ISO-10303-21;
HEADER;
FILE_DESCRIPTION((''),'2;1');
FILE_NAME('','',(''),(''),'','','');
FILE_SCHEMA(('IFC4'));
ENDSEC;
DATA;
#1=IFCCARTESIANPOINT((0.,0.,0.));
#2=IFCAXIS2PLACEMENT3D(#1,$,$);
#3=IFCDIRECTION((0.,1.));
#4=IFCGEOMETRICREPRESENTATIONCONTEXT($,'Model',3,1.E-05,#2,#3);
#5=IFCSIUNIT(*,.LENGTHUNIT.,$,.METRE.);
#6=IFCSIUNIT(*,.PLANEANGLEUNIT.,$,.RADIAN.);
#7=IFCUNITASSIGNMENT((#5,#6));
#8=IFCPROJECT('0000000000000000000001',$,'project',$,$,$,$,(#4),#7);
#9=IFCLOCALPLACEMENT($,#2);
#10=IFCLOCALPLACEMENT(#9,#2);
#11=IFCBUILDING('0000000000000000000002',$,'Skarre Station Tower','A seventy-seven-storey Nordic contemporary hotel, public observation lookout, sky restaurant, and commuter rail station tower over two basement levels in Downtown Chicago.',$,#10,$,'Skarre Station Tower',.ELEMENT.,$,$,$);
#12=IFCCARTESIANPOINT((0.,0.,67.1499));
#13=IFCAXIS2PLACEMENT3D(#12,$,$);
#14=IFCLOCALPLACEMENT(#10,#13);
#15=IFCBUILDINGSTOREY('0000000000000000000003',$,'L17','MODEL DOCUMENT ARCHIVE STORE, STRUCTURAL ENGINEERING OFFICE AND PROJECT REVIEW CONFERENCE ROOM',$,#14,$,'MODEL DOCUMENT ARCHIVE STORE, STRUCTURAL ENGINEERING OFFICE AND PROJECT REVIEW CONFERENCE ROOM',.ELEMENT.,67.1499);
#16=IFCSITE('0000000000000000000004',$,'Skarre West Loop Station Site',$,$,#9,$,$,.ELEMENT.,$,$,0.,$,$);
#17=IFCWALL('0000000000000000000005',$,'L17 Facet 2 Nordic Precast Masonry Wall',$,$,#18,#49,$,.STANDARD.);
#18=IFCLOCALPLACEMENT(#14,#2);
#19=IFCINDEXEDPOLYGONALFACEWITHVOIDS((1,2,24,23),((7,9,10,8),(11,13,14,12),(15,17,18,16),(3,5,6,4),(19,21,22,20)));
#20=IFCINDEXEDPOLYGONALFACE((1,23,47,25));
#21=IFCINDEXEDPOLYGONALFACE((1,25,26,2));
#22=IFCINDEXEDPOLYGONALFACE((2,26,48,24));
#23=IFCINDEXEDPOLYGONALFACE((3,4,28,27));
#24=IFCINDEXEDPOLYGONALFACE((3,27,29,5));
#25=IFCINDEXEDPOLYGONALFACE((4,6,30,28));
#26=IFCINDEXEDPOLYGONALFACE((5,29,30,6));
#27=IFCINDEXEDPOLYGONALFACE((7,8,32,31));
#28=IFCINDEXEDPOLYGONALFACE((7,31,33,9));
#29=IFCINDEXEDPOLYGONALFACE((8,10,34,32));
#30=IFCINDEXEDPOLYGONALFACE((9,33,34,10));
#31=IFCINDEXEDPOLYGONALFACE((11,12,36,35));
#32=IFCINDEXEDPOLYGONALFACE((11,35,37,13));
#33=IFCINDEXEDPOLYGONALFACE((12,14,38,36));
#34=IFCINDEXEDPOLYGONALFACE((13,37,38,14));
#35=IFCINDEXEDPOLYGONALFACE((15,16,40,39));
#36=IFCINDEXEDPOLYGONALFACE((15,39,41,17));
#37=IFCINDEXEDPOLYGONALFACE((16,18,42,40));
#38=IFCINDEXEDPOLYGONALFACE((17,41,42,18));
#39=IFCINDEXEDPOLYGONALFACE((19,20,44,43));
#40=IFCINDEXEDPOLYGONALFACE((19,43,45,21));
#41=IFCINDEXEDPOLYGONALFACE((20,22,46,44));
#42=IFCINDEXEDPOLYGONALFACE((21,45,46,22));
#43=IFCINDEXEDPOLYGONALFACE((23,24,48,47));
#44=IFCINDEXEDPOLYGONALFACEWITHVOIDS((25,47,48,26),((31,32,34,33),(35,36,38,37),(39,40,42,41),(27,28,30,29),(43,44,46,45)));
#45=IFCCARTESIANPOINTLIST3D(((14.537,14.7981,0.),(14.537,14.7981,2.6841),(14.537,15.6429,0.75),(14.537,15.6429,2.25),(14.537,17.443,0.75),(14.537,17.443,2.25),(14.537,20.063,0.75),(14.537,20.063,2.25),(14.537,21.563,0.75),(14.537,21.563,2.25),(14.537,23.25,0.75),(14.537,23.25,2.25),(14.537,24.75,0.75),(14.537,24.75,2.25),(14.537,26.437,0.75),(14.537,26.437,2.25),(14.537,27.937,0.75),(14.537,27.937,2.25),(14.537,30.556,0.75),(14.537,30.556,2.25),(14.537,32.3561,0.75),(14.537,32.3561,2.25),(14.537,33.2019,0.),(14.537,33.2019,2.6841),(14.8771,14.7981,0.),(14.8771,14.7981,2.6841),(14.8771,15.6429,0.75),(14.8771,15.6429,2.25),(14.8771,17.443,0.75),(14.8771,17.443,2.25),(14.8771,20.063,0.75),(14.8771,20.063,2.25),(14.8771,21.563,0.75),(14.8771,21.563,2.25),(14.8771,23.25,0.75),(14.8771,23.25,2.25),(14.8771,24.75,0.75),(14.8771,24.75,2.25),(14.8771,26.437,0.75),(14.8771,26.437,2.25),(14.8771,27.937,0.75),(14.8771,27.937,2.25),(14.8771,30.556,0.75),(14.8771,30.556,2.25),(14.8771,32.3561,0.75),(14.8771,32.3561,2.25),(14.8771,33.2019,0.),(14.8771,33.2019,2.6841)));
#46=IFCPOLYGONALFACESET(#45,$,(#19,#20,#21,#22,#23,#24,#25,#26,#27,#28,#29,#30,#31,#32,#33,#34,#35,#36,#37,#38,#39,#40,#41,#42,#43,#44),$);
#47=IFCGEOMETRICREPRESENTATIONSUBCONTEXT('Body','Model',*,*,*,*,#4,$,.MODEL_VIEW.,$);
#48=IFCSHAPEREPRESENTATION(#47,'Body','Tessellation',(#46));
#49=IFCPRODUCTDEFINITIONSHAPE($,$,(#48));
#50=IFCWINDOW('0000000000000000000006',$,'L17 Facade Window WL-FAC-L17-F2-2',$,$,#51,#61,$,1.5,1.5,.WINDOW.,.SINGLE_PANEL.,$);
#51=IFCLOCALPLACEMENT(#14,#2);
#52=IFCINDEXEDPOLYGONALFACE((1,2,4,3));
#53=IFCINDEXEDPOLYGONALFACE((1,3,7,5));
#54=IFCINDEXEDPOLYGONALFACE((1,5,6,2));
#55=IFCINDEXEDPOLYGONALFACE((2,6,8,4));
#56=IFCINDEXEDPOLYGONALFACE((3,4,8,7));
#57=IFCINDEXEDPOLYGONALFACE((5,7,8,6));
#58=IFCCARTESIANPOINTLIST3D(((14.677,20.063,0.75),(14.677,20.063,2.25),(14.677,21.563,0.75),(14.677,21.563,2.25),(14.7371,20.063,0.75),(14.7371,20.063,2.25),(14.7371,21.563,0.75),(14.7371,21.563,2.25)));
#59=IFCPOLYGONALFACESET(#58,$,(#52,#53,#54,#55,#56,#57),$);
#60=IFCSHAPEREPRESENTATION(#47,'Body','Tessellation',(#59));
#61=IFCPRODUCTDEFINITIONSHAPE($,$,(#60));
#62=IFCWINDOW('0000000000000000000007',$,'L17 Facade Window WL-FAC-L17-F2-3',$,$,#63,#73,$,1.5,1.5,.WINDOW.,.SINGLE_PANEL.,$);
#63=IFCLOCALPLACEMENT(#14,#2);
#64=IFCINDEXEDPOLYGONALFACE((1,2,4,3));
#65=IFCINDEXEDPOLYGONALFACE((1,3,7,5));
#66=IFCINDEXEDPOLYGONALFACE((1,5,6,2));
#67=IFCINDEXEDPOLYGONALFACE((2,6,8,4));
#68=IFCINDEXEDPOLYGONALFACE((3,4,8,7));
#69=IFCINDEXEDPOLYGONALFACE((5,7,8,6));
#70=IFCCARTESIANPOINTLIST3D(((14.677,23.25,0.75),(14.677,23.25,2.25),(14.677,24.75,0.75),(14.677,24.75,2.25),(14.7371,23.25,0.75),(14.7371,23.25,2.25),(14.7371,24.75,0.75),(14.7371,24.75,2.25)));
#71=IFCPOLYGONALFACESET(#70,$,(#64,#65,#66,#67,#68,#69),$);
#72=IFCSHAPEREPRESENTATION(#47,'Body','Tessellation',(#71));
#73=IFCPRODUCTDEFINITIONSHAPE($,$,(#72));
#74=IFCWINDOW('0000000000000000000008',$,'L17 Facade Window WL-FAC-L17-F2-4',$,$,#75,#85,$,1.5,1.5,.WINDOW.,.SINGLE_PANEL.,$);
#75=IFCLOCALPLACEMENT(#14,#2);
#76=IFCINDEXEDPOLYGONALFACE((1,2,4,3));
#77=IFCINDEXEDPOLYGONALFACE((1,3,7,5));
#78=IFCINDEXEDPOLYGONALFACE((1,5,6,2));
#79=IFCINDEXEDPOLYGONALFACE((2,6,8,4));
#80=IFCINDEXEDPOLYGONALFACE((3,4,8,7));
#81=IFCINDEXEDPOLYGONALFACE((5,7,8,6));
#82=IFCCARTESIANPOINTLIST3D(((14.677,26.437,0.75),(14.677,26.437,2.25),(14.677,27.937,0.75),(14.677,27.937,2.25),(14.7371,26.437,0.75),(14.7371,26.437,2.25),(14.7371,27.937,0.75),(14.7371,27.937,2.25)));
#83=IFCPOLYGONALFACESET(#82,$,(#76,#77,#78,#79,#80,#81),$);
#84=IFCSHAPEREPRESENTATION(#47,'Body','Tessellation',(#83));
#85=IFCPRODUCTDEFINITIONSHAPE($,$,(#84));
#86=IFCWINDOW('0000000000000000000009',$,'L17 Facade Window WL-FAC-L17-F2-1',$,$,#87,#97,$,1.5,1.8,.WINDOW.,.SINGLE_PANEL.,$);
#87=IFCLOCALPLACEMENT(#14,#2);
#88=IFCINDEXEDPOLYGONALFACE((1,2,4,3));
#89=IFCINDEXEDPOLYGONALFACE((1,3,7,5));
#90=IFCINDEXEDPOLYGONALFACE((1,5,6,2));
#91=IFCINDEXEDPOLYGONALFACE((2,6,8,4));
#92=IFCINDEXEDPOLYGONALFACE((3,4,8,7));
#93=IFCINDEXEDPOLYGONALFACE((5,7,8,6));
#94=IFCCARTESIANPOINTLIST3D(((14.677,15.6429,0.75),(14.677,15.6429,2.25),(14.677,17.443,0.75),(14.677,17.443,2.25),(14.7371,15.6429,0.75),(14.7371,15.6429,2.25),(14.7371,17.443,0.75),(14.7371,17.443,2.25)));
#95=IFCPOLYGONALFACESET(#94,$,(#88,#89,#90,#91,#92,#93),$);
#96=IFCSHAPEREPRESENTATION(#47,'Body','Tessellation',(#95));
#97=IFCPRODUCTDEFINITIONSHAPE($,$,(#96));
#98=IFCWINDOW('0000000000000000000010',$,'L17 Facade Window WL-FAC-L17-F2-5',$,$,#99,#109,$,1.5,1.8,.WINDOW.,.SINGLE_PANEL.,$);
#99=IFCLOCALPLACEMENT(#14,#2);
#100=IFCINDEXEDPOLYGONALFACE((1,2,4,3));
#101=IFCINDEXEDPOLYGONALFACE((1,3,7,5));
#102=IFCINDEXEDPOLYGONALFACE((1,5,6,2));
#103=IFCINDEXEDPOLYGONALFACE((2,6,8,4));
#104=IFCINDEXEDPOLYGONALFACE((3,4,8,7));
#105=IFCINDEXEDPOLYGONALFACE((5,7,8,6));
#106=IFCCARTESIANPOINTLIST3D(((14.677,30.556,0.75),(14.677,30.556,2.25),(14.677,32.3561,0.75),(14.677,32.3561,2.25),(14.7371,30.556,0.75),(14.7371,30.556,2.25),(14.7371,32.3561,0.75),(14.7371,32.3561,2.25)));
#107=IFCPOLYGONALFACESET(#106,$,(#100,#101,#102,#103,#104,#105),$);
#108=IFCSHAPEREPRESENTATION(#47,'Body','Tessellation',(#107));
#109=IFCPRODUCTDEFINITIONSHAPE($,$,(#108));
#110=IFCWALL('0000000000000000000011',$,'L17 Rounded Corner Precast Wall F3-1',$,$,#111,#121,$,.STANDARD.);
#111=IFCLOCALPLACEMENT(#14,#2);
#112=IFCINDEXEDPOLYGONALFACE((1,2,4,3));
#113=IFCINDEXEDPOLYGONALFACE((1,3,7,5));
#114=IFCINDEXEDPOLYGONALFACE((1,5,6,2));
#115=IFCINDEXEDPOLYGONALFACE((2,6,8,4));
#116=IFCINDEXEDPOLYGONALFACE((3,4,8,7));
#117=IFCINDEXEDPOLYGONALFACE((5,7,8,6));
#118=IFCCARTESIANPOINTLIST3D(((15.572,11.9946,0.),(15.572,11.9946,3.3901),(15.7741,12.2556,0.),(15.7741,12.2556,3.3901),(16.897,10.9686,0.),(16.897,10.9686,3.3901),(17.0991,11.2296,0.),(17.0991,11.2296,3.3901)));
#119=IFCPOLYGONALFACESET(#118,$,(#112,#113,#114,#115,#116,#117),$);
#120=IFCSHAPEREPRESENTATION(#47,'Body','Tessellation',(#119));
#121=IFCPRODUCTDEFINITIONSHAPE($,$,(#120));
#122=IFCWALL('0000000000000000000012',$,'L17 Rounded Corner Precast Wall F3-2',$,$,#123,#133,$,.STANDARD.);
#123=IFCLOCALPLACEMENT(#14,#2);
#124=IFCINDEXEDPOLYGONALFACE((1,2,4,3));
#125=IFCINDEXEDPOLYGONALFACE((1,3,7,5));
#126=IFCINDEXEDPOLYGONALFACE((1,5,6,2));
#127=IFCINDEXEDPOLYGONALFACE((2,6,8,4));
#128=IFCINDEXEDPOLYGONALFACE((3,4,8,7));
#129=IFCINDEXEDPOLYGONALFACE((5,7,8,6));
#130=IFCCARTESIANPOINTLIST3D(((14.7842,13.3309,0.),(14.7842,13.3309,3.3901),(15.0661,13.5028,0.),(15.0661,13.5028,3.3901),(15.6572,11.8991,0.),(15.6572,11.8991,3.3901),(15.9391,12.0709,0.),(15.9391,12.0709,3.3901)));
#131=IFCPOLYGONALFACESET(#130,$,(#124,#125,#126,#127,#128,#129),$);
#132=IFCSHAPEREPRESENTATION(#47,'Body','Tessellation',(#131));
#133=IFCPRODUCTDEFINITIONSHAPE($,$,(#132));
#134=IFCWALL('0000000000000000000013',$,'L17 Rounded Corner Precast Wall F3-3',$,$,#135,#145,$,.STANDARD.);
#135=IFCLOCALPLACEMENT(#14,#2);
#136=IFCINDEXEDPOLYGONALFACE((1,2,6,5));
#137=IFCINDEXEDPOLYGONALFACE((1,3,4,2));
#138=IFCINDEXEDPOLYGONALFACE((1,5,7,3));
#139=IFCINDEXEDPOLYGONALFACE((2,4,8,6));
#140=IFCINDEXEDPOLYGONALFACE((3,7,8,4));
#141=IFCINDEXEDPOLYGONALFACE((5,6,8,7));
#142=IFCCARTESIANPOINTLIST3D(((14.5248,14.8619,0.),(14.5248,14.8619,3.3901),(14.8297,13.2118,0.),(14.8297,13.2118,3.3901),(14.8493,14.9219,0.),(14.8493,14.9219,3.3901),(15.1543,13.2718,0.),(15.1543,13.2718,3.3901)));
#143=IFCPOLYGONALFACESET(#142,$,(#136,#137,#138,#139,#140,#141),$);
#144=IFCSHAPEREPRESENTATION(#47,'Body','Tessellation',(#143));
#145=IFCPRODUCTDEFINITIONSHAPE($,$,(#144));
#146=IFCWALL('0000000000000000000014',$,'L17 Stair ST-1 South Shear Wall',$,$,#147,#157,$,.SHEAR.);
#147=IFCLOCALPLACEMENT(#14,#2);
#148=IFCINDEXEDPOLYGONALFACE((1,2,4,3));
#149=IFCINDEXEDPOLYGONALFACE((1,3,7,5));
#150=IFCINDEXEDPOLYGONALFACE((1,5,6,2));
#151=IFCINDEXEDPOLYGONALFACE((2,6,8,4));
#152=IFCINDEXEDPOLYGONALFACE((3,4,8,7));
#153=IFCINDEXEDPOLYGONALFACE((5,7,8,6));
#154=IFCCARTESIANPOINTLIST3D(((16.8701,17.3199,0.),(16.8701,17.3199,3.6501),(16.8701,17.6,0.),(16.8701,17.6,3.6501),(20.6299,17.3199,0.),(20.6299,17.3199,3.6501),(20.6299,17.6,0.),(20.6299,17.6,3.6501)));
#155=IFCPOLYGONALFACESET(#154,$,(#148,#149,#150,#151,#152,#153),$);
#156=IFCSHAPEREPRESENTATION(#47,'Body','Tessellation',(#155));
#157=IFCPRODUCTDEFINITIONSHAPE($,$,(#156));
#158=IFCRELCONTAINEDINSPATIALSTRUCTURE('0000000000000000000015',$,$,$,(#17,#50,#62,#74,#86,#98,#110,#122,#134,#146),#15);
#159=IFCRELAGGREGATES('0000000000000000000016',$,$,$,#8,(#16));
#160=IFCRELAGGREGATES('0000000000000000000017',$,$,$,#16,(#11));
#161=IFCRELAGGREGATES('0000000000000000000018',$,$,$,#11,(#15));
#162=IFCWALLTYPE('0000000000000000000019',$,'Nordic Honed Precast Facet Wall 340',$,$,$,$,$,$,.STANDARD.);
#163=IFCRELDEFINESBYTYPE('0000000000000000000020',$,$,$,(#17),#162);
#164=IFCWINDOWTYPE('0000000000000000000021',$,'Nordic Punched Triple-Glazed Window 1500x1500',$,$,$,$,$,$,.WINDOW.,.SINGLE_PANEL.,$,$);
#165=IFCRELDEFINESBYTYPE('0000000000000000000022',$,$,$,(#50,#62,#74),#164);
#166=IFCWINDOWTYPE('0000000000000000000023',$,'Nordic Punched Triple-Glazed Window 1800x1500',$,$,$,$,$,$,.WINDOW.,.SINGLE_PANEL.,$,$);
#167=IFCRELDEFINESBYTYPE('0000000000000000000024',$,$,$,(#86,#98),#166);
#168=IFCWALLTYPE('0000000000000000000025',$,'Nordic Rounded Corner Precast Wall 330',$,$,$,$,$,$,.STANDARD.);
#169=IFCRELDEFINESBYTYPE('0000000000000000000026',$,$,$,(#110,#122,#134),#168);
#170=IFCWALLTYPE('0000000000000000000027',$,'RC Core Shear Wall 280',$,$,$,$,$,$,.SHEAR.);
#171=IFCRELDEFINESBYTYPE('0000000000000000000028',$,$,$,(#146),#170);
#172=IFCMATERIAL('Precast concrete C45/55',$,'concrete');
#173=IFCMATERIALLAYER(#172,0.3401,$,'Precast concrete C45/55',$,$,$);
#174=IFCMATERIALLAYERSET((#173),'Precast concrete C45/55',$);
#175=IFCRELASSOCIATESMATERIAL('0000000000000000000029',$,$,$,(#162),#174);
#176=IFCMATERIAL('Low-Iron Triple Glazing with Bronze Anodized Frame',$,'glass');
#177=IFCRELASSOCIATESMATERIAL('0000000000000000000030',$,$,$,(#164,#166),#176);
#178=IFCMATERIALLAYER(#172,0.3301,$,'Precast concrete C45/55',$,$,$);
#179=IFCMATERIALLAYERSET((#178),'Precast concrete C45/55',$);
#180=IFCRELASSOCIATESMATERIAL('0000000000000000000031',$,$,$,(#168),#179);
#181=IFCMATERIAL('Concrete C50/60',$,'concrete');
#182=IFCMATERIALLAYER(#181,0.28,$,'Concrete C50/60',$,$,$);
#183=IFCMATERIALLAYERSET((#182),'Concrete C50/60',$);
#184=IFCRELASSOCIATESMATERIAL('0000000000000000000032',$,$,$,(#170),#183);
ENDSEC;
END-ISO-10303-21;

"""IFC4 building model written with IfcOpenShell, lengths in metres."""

from ifc_helpers import new_model, si_unit, direction, frame, frame_2d, origin, place, context, subcontext, project, spatial, rectangle, extrude, material, layer, layer_set, type_object, element, fill, save


model = new_model("IFC4")

# Units and contexts
model_context = context("Model", 3, precision=1e-05, world=origin(), true_north=direction((0.0, 1.0)))
body_context = subcontext(model_context, "Body", "Model", "MODEL_VIEW")
ifc_project = project(units=[si_unit("LENGTHUNIT", "METRE"), si_unit("PLANEANGLEUNIT", "RADIAN")], contexts=[model_context])

# Site, building, storey
site_placement = place(None, origin())
site = spatial("IfcSite", under=ifc_project, at=site_placement, Name="Skarre West Loop Station Site", CompositionType="ELEMENT", RefElevation=0.0)
building_placement = place(site_placement, origin())
building = spatial("IfcBuilding", under=site, at=building_placement, Name="Skarre Station Tower", Description="A seventy-seven-storey Nordic contemporary hotel, public observation lookout, sky restaurant, and commuter rail station tower over two basement levels in Downtown Chicago.", LongName="Skarre Station Tower", CompositionType="ELEMENT")
storey_placement = place(building_placement, frame((0.0, 0.0, 67.1499)))
storey = spatial("IfcBuildingStorey", under=building, at=storey_placement, Name="L17", Description="MODEL DOCUMENT ARCHIVE STORE, STRUCTURAL ENGINEERING OFFICE AND PROJECT REVIEW CONFERENCE ROOM", LongName="MODEL DOCUMENT ARCHIVE STORE, STRUCTURAL ENGINEERING OFFICE AND PROJECT REVIEW CONFERENCE ROOM", CompositionType="ELEMENT", Elevation=67.1499)

# Shared definitions
ifc_material_1 = material(Name="Concrete C50/60", Category="concrete")

# Wall, openings, windows
ifc_material_2 = material(Name="Precast concrete C45/55", Category="concrete")
ifc_layer_1 = layer(ifc_material_2, 0.3401, Name="Precast concrete C45/55")
ifc_layer_set_1 = layer_set([ifc_layer_1], Name="Precast concrete C45/55")
wall_type_1 = type_object("IfcWallType", Name="Nordic Honed Precast Facet Wall 340", PredefinedType="STANDARD", material=ifc_layer_set_1)
wall_1_placement = place(storey_placement, frame((14.707, 14.7981, 0.0), z_axis=(0.0, 0.0, 1.0), x_axis=(0.0, 1.0, 0.0)))
wall_1 = element("IfcWall", 1, at=wall_1_placement, inside=storey, type_object=wall_type_1, Name="L17 Facet 2 Nordic Precast Masonry Wall", PredefinedType="STANDARD", context=body_context, shape_type="SweptSolid", body=[
    extrude(rectangle(XDim=18.4038, YDim=0.3401, at=frame_2d((9.2019, 0.0))), origin(), (0.0, 0.0, 1.0), 2.6841),
])
opening_1_placement = place(wall_1_placement, frame((0.845, 0.0, 0.75)))
opening_1 = element("IfcOpeningElement", 2, at=opening_1_placement, cuts=wall_1, PredefinedType="OPENING", context=body_context, shape_type="SweptSolid", body=[
    extrude(rectangle(XDim=1.8, YDim=1.5, at=frame_2d((0.8999, 0.75))), frame((0.0, 0.1799, 0.0), z_axis=(0.0, -1.0, 0.0), x_axis=(1.0, 0.0, 0.0)), (0.0, 0.0, 1.0), 0.3601),
])
opening_2_placement = place(wall_1_placement, frame((5.2649, 0.0, 0.75)))
opening_2 = element("IfcOpeningElement", 3, at=opening_2_placement, cuts=wall_1, PredefinedType="OPENING", context=body_context, shape_type="SweptSolid", body=[
    extrude(rectangle(XDim=1.5, YDim=1.5, at=frame_2d((0.75, 0.75))), frame((0.0, 0.1799, 0.0), z_axis=(0.0, -1.0, 0.0), x_axis=(1.0, 0.0, 0.0)), (0.0, 0.0, 1.0), 0.3601),
])
opening_3_placement = place(wall_1_placement, frame((8.4519, 0.0, 0.75)))
opening_3 = element("IfcOpeningElement", 4, at=opening_3_placement, cuts=wall_1, PredefinedType="OPENING", context=body_context, shape_type="SweptSolid", body=[
    extrude(rectangle(XDim=1.5, YDim=1.5, at=frame_2d((0.75, 0.75))), frame((0.0, 0.1799, 0.0), z_axis=(0.0, -1.0, 0.0), x_axis=(1.0, 0.0, 0.0)), (0.0, 0.0, 1.0), 0.3601),
])
opening_4_placement = place(wall_1_placement, frame((11.6389, 0.0, 0.75)))
opening_4 = element("IfcOpeningElement", 5, at=opening_4_placement, cuts=wall_1, PredefinedType="OPENING", context=body_context, shape_type="SweptSolid", body=[
    extrude(rectangle(XDim=1.5, YDim=1.5, at=frame_2d((0.75, 0.75))), frame((0.0, 0.1799, 0.0), z_axis=(0.0, -1.0, 0.0), x_axis=(1.0, 0.0, 0.0)), (0.0, 0.0, 1.0), 0.3601),
])
opening_5_placement = place(wall_1_placement, frame((15.7581, 0.0, 0.75)))
opening_5 = element("IfcOpeningElement", 6, at=opening_5_placement, cuts=wall_1, PredefinedType="OPENING", context=body_context, shape_type="SweptSolid", body=[
    extrude(rectangle(XDim=1.8, YDim=1.5, at=frame_2d((0.8999, 0.75))), frame((0.0, 0.1799, 0.0), z_axis=(0.0, -1.0, 0.0), x_axis=(1.0, 0.0, 0.0)), (0.0, 0.0, 1.0), 0.3601),
])
ifc_material_3 = material(Name="Low-Iron Triple Glazing with Bronze Anodized Frame", Category="glass")
window_type_1 = type_object("IfcWindowType", Name="Nordic Punched Triple-Glazed Window 1500x1500", PartitioningType="SINGLE_PANEL", PredefinedType="WINDOW", material=ifc_material_3)
window_1_placement = place(opening_2_placement, origin())
window_1 = element("IfcWindow", 7, at=window_1_placement, inside=storey, type_object=window_type_1, Name="L17 Facade Window WL-FAC-L17-F2-2", OverallHeight=1.5, OverallWidth=1.5, PartitioningType="SINGLE_PANEL", PredefinedType="WINDOW", context=body_context, shape_type="SweptSolid", body=[
    extrude(rectangle(XDim=1.5, YDim=1.5, at=frame_2d((0.75, 0.75))), frame((0.0, 0.03, 0.0), z_axis=(0.0, -1.0, 0.0), x_axis=(1.0, 0.0, 0.0)), (0.0, 0.0, 1.0), 0.0601),
])
fill(opening_2, window_1)
window_2_placement = place(opening_3_placement, origin())
window_2 = element("IfcWindow", 8, at=window_2_placement, inside=storey, type_object=window_type_1, Name="L17 Facade Window WL-FAC-L17-F2-3", OverallHeight=1.5, OverallWidth=1.5, PartitioningType="SINGLE_PANEL", PredefinedType="WINDOW", context=body_context, shape_type="SweptSolid", body=[
    extrude(rectangle(XDim=1.5, YDim=1.5, at=frame_2d((0.75, 0.75))), frame((0.0, 0.03, 0.0), z_axis=(0.0, -1.0, 0.0), x_axis=(1.0, 0.0, 0.0)), (0.0, 0.0, 1.0), 0.0601),
])
fill(opening_3, window_2)
window_3_placement = place(opening_4_placement, origin())
window_3 = element("IfcWindow", 9, at=window_3_placement, inside=storey, type_object=window_type_1, Name="L17 Facade Window WL-FAC-L17-F2-4", OverallHeight=1.5, OverallWidth=1.5, PartitioningType="SINGLE_PANEL", PredefinedType="WINDOW", context=body_context, shape_type="SweptSolid", body=[
    extrude(rectangle(XDim=1.5, YDim=1.5, at=frame_2d((0.75, 0.75))), frame((0.0, 0.03, 0.0), z_axis=(0.0, -1.0, 0.0), x_axis=(1.0, 0.0, 0.0)), (0.0, 0.0, 1.0), 0.0601),
])
fill(opening_4, window_3)
window_type_2 = type_object("IfcWindowType", Name="Nordic Punched Triple-Glazed Window 1800x1500", PartitioningType="SINGLE_PANEL", PredefinedType="WINDOW", material=ifc_material_3)
window_4_placement = place(opening_1_placement, origin())
window_4 = element("IfcWindow", 10, at=window_4_placement, inside=storey, type_object=window_type_2, Name="L17 Facade Window WL-FAC-L17-F2-1", OverallHeight=1.5, OverallWidth=1.8, PartitioningType="SINGLE_PANEL", PredefinedType="WINDOW", context=body_context, shape_type="SweptSolid", body=[
    extrude(rectangle(XDim=1.8, YDim=1.5, at=frame_2d((0.8999, 0.75))), frame((0.0, 0.03, 0.0), z_axis=(0.0, -1.0, 0.0), x_axis=(1.0, 0.0, 0.0)), (0.0, 0.0, 1.0), 0.0601),
])
fill(opening_1, window_4)
window_5_placement = place(opening_5_placement, origin())
window_5 = element("IfcWindow", 11, at=window_5_placement, inside=storey, type_object=window_type_2, Name="L17 Facade Window WL-FAC-L17-F2-5", OverallHeight=1.5, OverallWidth=1.8, PartitioningType="SINGLE_PANEL", PredefinedType="WINDOW", context=body_context, shape_type="SweptSolid", body=[
    extrude(rectangle(XDim=1.8, YDim=1.5, at=frame_2d((0.8999, 0.75))), frame((0.0, 0.03, 0.0), z_axis=(0.0, -1.0, 0.0), x_axis=(1.0, 0.0, 0.0)), (0.0, 0.0, 1.0), 0.0601),
])
fill(opening_5, window_5)

# Walls
ifc_layer_2 = layer(ifc_material_2, 0.3301, Name="Precast concrete C45/55")
ifc_layer_set_2 = layer_set([ifc_layer_2], Name="Precast concrete C45/55")
wall_type_2 = type_object("IfcWallType", Name="Nordic Rounded Corner Precast Wall 330", PredefinedType="STANDARD", material=ifc_layer_set_2)
wall_2_placement = place(storey_placement, frame((16.998, 11.0991, 0.0), z_axis=(0.0, 0.0, 1.0), x_axis=(-0.790692, 0.612214, 0.0)))
element("IfcWall", 12, at=wall_2_placement, inside=storey, type_object=wall_type_2, Name="L17 Rounded Corner Precast Wall F3-1", PredefinedType="STANDARD", context=body_context, shape_type="SweptSolid", body=[
    extrude(rectangle(XDim=1.6758, YDim=0.3301, at=frame_2d((0.8379, 0.0))), origin(), (0.0, 0.0, 1.0), 3.3901),
])
wall_3_placement = place(storey_placement, frame((15.7981, 11.9851, 0.0), z_axis=(0.0, 0.0, 1.0), x_axis=(-0.520584, 0.85381, 0.0)))
element("IfcWall", 13, at=wall_3_placement, inside=storey, type_object=wall_type_2, Name="L17 Rounded Corner Precast Wall F3-2", PredefinedType="STANDARD", context=body_context, shape_type="SweptSolid", body=[
    extrude(rectangle(XDim=1.677, YDim=0.3301, at=frame_2d((0.8384, 0.0))), origin(), (0.0, 0.0, 1.0), 3.3901),
])
wall_4_placement = place(storey_placement, frame((14.9919, 13.2419, 0.0), z_axis=(0.0, 0.0, 1.0), x_axis=(-0.181714, 0.983351, 0.0)))
element("IfcWall", 14, at=wall_4_placement, inside=storey, type_object=wall_type_2, Name="L17 Rounded Corner Precast Wall F3-3", PredefinedType="STANDARD", context=body_context, shape_type="SweptSolid", body=[
    extrude(rectangle(XDim=1.678, YDim=0.3301, at=frame_2d((0.8389, 0.0))), origin(), (0.0, 0.0, 1.0), 3.3901),
])
ifc_layer_3 = layer(ifc_material_1, 0.28, Name="Concrete C50/60")
ifc_layer_set_3 = layer_set([ifc_layer_3], Name="Concrete C50/60")
wall_type_3 = type_object("IfcWallType", Name="RC Core Shear Wall 280", PredefinedType="SHEAR", material=ifc_layer_set_3)
wall_5_placement = place(storey_placement, frame((16.8701, 17.46, 0.0), z_axis=(0.0, 0.0, 1.0), x_axis=(1.0, 0.0, 0.0)))
element("IfcWall", 15, at=wall_5_placement, inside=storey, type_object=wall_type_3, Name="L17 Stair ST-1 South Shear Wall", PredefinedType="SHEAR", context=body_context, shape_type="SweptSolid", body=[
    extrude(rectangle(XDim=3.7598, YDim=0.28, at=frame_2d((1.8799, 0.0))), origin(), (0.0, 0.0, 1.0), 3.6501),
])

save(model, "model.ifc")
